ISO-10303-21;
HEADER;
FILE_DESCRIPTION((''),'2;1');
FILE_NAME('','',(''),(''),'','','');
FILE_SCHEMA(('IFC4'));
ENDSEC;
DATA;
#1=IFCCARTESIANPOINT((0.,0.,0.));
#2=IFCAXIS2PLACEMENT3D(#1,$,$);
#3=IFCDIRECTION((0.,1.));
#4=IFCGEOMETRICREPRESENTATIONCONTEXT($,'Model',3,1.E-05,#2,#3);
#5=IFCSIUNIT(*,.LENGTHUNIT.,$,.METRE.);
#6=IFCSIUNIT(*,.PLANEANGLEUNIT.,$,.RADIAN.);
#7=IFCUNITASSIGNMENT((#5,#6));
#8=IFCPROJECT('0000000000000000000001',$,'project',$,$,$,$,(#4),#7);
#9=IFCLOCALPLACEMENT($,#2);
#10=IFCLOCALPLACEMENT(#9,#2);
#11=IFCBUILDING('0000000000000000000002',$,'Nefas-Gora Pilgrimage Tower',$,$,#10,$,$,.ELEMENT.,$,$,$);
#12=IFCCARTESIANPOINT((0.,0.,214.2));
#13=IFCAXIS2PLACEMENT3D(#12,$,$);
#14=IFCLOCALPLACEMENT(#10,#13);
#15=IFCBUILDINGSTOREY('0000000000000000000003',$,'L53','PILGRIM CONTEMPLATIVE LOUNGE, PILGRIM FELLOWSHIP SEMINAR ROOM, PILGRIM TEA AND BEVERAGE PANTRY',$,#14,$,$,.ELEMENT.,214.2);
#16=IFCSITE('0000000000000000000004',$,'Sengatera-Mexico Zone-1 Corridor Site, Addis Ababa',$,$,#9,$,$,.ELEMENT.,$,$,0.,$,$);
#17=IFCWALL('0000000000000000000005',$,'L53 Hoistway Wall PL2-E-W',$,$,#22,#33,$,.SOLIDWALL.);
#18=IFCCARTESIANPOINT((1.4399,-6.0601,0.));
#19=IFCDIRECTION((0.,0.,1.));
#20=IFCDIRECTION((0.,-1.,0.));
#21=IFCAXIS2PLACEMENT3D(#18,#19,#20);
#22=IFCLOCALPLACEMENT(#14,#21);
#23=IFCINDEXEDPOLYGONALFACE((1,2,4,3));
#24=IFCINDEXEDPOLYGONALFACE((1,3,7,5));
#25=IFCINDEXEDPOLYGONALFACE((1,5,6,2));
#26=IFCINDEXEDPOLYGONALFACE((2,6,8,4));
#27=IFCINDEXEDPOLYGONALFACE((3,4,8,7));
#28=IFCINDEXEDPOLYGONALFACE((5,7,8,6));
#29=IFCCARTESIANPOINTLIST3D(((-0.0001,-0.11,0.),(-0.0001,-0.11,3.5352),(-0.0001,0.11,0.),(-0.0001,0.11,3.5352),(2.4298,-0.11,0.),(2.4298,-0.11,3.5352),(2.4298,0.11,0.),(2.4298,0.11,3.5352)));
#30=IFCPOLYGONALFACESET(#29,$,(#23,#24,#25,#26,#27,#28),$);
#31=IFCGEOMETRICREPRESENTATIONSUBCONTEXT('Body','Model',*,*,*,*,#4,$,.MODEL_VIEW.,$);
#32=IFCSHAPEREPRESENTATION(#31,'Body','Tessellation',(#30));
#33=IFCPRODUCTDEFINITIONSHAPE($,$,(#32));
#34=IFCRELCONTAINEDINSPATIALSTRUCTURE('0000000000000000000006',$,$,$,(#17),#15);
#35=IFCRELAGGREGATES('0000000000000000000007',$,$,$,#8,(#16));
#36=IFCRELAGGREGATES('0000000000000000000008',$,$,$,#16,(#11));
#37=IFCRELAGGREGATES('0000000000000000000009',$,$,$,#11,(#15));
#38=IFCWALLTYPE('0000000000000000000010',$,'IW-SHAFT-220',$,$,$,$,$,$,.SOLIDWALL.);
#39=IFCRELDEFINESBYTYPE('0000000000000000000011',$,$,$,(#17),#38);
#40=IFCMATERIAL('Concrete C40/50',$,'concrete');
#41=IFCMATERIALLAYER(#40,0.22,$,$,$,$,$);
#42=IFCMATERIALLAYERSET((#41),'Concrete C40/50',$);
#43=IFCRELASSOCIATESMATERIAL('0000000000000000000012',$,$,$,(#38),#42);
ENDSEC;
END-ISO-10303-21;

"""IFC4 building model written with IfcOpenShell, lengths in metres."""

from ifc_helpers import new_model, si_unit, direction, frame, frame_2d, origin, place, context, subcontext, project, spatial, rectangle, extrude, source, transform, mapped, material, layer, layer_set, type_object, element, save


model = new_model("IFC4")

# Units and contexts
model_context = context("Model", 3, precision=1e-05, world=origin(), true_north=direction((0.0, 1.0)))
body_context = subcontext(model_context, "Body", "Model", "MODEL_VIEW")
ifc_project = project(units=[si_unit("LENGTHUNIT", "METRE"), si_unit("PLANEANGLEUNIT", "RADIAN")], contexts=[model_context])

# Site, building, storey
site_placement = place(None, origin())
site = spatial("IfcSite", under=ifc_project, at=site_placement, Name="Sengatera-Mexico Zone-1 Corridor Site, Addis Ababa", CompositionType="ELEMENT", RefElevation=0.0)
building_placement = place(site_placement, origin())
building = spatial("IfcBuilding", under=site, at=building_placement, Name="Nefas-Gora Pilgrimage Tower", CompositionType="ELEMENT")
storey_placement = place(building_placement, frame((0.0, 0.0, 214.2)))
storey = spatial("IfcBuildingStorey", under=building, at=storey_placement, Name="L53", Description="PILGRIM CONTEMPLATIVE LOUNGE, PILGRIM FELLOWSHIP SEMINAR ROOM, PILGRIM TEA AND BEVERAGE PANTRY", CompositionType="ELEMENT", Elevation=214.2)

# Shared definitions
ifc_material_1 = material(Name="Concrete C40/50", Category="concrete")

# Shared definitions
ifc_layer_1 = layer(ifc_material_1, 0.22)
ifc_layer_set_1 = layer_set([ifc_layer_1], Name="Concrete C40/50")
wall_type_1 = type_object("IfcWallType", Name="IW-SHAFT-220", PredefinedType="SOLIDWALL", material=ifc_layer_set_1)

# Wall
shared_shape_1 = source(origin(), body_context, "Body", "SweptSolid", [
    extrude(rectangle(XDim=2.4299, YDim=0.22, at=frame_2d((1.2148, 0.0))), origin(), (0.0, 0.0, 1.0), 3.5352),
])
for number, where, z_axis, x_axis, name in (
    (1, (1.4399, -6.0601, 0.0), (0.0, 0.0, 1.0), (0.0, -1.0, 0.0), "L53 Hoistway Wall PL2-E-W"),
):
    element("IfcWall", number, at=place(storey_placement, frame(where, z_axis=z_axis, x_axis=x_axis)), inside=storey, type_object=wall_type_1, Name=name, PredefinedType="SOLIDWALL", context=body_context, shape_type="MappedRepresentation", body=[
        mapped(shared_shape_1, transform((0.0, 0.0, 0.0), x_axis=(1.0, 0.0, 0.0), y_axis=(0.0, 1.0, 0.0), z_axis=(0.0, 0.0, 1.0), scale=1.0)),
    ])

save(model, "model.ifc")
